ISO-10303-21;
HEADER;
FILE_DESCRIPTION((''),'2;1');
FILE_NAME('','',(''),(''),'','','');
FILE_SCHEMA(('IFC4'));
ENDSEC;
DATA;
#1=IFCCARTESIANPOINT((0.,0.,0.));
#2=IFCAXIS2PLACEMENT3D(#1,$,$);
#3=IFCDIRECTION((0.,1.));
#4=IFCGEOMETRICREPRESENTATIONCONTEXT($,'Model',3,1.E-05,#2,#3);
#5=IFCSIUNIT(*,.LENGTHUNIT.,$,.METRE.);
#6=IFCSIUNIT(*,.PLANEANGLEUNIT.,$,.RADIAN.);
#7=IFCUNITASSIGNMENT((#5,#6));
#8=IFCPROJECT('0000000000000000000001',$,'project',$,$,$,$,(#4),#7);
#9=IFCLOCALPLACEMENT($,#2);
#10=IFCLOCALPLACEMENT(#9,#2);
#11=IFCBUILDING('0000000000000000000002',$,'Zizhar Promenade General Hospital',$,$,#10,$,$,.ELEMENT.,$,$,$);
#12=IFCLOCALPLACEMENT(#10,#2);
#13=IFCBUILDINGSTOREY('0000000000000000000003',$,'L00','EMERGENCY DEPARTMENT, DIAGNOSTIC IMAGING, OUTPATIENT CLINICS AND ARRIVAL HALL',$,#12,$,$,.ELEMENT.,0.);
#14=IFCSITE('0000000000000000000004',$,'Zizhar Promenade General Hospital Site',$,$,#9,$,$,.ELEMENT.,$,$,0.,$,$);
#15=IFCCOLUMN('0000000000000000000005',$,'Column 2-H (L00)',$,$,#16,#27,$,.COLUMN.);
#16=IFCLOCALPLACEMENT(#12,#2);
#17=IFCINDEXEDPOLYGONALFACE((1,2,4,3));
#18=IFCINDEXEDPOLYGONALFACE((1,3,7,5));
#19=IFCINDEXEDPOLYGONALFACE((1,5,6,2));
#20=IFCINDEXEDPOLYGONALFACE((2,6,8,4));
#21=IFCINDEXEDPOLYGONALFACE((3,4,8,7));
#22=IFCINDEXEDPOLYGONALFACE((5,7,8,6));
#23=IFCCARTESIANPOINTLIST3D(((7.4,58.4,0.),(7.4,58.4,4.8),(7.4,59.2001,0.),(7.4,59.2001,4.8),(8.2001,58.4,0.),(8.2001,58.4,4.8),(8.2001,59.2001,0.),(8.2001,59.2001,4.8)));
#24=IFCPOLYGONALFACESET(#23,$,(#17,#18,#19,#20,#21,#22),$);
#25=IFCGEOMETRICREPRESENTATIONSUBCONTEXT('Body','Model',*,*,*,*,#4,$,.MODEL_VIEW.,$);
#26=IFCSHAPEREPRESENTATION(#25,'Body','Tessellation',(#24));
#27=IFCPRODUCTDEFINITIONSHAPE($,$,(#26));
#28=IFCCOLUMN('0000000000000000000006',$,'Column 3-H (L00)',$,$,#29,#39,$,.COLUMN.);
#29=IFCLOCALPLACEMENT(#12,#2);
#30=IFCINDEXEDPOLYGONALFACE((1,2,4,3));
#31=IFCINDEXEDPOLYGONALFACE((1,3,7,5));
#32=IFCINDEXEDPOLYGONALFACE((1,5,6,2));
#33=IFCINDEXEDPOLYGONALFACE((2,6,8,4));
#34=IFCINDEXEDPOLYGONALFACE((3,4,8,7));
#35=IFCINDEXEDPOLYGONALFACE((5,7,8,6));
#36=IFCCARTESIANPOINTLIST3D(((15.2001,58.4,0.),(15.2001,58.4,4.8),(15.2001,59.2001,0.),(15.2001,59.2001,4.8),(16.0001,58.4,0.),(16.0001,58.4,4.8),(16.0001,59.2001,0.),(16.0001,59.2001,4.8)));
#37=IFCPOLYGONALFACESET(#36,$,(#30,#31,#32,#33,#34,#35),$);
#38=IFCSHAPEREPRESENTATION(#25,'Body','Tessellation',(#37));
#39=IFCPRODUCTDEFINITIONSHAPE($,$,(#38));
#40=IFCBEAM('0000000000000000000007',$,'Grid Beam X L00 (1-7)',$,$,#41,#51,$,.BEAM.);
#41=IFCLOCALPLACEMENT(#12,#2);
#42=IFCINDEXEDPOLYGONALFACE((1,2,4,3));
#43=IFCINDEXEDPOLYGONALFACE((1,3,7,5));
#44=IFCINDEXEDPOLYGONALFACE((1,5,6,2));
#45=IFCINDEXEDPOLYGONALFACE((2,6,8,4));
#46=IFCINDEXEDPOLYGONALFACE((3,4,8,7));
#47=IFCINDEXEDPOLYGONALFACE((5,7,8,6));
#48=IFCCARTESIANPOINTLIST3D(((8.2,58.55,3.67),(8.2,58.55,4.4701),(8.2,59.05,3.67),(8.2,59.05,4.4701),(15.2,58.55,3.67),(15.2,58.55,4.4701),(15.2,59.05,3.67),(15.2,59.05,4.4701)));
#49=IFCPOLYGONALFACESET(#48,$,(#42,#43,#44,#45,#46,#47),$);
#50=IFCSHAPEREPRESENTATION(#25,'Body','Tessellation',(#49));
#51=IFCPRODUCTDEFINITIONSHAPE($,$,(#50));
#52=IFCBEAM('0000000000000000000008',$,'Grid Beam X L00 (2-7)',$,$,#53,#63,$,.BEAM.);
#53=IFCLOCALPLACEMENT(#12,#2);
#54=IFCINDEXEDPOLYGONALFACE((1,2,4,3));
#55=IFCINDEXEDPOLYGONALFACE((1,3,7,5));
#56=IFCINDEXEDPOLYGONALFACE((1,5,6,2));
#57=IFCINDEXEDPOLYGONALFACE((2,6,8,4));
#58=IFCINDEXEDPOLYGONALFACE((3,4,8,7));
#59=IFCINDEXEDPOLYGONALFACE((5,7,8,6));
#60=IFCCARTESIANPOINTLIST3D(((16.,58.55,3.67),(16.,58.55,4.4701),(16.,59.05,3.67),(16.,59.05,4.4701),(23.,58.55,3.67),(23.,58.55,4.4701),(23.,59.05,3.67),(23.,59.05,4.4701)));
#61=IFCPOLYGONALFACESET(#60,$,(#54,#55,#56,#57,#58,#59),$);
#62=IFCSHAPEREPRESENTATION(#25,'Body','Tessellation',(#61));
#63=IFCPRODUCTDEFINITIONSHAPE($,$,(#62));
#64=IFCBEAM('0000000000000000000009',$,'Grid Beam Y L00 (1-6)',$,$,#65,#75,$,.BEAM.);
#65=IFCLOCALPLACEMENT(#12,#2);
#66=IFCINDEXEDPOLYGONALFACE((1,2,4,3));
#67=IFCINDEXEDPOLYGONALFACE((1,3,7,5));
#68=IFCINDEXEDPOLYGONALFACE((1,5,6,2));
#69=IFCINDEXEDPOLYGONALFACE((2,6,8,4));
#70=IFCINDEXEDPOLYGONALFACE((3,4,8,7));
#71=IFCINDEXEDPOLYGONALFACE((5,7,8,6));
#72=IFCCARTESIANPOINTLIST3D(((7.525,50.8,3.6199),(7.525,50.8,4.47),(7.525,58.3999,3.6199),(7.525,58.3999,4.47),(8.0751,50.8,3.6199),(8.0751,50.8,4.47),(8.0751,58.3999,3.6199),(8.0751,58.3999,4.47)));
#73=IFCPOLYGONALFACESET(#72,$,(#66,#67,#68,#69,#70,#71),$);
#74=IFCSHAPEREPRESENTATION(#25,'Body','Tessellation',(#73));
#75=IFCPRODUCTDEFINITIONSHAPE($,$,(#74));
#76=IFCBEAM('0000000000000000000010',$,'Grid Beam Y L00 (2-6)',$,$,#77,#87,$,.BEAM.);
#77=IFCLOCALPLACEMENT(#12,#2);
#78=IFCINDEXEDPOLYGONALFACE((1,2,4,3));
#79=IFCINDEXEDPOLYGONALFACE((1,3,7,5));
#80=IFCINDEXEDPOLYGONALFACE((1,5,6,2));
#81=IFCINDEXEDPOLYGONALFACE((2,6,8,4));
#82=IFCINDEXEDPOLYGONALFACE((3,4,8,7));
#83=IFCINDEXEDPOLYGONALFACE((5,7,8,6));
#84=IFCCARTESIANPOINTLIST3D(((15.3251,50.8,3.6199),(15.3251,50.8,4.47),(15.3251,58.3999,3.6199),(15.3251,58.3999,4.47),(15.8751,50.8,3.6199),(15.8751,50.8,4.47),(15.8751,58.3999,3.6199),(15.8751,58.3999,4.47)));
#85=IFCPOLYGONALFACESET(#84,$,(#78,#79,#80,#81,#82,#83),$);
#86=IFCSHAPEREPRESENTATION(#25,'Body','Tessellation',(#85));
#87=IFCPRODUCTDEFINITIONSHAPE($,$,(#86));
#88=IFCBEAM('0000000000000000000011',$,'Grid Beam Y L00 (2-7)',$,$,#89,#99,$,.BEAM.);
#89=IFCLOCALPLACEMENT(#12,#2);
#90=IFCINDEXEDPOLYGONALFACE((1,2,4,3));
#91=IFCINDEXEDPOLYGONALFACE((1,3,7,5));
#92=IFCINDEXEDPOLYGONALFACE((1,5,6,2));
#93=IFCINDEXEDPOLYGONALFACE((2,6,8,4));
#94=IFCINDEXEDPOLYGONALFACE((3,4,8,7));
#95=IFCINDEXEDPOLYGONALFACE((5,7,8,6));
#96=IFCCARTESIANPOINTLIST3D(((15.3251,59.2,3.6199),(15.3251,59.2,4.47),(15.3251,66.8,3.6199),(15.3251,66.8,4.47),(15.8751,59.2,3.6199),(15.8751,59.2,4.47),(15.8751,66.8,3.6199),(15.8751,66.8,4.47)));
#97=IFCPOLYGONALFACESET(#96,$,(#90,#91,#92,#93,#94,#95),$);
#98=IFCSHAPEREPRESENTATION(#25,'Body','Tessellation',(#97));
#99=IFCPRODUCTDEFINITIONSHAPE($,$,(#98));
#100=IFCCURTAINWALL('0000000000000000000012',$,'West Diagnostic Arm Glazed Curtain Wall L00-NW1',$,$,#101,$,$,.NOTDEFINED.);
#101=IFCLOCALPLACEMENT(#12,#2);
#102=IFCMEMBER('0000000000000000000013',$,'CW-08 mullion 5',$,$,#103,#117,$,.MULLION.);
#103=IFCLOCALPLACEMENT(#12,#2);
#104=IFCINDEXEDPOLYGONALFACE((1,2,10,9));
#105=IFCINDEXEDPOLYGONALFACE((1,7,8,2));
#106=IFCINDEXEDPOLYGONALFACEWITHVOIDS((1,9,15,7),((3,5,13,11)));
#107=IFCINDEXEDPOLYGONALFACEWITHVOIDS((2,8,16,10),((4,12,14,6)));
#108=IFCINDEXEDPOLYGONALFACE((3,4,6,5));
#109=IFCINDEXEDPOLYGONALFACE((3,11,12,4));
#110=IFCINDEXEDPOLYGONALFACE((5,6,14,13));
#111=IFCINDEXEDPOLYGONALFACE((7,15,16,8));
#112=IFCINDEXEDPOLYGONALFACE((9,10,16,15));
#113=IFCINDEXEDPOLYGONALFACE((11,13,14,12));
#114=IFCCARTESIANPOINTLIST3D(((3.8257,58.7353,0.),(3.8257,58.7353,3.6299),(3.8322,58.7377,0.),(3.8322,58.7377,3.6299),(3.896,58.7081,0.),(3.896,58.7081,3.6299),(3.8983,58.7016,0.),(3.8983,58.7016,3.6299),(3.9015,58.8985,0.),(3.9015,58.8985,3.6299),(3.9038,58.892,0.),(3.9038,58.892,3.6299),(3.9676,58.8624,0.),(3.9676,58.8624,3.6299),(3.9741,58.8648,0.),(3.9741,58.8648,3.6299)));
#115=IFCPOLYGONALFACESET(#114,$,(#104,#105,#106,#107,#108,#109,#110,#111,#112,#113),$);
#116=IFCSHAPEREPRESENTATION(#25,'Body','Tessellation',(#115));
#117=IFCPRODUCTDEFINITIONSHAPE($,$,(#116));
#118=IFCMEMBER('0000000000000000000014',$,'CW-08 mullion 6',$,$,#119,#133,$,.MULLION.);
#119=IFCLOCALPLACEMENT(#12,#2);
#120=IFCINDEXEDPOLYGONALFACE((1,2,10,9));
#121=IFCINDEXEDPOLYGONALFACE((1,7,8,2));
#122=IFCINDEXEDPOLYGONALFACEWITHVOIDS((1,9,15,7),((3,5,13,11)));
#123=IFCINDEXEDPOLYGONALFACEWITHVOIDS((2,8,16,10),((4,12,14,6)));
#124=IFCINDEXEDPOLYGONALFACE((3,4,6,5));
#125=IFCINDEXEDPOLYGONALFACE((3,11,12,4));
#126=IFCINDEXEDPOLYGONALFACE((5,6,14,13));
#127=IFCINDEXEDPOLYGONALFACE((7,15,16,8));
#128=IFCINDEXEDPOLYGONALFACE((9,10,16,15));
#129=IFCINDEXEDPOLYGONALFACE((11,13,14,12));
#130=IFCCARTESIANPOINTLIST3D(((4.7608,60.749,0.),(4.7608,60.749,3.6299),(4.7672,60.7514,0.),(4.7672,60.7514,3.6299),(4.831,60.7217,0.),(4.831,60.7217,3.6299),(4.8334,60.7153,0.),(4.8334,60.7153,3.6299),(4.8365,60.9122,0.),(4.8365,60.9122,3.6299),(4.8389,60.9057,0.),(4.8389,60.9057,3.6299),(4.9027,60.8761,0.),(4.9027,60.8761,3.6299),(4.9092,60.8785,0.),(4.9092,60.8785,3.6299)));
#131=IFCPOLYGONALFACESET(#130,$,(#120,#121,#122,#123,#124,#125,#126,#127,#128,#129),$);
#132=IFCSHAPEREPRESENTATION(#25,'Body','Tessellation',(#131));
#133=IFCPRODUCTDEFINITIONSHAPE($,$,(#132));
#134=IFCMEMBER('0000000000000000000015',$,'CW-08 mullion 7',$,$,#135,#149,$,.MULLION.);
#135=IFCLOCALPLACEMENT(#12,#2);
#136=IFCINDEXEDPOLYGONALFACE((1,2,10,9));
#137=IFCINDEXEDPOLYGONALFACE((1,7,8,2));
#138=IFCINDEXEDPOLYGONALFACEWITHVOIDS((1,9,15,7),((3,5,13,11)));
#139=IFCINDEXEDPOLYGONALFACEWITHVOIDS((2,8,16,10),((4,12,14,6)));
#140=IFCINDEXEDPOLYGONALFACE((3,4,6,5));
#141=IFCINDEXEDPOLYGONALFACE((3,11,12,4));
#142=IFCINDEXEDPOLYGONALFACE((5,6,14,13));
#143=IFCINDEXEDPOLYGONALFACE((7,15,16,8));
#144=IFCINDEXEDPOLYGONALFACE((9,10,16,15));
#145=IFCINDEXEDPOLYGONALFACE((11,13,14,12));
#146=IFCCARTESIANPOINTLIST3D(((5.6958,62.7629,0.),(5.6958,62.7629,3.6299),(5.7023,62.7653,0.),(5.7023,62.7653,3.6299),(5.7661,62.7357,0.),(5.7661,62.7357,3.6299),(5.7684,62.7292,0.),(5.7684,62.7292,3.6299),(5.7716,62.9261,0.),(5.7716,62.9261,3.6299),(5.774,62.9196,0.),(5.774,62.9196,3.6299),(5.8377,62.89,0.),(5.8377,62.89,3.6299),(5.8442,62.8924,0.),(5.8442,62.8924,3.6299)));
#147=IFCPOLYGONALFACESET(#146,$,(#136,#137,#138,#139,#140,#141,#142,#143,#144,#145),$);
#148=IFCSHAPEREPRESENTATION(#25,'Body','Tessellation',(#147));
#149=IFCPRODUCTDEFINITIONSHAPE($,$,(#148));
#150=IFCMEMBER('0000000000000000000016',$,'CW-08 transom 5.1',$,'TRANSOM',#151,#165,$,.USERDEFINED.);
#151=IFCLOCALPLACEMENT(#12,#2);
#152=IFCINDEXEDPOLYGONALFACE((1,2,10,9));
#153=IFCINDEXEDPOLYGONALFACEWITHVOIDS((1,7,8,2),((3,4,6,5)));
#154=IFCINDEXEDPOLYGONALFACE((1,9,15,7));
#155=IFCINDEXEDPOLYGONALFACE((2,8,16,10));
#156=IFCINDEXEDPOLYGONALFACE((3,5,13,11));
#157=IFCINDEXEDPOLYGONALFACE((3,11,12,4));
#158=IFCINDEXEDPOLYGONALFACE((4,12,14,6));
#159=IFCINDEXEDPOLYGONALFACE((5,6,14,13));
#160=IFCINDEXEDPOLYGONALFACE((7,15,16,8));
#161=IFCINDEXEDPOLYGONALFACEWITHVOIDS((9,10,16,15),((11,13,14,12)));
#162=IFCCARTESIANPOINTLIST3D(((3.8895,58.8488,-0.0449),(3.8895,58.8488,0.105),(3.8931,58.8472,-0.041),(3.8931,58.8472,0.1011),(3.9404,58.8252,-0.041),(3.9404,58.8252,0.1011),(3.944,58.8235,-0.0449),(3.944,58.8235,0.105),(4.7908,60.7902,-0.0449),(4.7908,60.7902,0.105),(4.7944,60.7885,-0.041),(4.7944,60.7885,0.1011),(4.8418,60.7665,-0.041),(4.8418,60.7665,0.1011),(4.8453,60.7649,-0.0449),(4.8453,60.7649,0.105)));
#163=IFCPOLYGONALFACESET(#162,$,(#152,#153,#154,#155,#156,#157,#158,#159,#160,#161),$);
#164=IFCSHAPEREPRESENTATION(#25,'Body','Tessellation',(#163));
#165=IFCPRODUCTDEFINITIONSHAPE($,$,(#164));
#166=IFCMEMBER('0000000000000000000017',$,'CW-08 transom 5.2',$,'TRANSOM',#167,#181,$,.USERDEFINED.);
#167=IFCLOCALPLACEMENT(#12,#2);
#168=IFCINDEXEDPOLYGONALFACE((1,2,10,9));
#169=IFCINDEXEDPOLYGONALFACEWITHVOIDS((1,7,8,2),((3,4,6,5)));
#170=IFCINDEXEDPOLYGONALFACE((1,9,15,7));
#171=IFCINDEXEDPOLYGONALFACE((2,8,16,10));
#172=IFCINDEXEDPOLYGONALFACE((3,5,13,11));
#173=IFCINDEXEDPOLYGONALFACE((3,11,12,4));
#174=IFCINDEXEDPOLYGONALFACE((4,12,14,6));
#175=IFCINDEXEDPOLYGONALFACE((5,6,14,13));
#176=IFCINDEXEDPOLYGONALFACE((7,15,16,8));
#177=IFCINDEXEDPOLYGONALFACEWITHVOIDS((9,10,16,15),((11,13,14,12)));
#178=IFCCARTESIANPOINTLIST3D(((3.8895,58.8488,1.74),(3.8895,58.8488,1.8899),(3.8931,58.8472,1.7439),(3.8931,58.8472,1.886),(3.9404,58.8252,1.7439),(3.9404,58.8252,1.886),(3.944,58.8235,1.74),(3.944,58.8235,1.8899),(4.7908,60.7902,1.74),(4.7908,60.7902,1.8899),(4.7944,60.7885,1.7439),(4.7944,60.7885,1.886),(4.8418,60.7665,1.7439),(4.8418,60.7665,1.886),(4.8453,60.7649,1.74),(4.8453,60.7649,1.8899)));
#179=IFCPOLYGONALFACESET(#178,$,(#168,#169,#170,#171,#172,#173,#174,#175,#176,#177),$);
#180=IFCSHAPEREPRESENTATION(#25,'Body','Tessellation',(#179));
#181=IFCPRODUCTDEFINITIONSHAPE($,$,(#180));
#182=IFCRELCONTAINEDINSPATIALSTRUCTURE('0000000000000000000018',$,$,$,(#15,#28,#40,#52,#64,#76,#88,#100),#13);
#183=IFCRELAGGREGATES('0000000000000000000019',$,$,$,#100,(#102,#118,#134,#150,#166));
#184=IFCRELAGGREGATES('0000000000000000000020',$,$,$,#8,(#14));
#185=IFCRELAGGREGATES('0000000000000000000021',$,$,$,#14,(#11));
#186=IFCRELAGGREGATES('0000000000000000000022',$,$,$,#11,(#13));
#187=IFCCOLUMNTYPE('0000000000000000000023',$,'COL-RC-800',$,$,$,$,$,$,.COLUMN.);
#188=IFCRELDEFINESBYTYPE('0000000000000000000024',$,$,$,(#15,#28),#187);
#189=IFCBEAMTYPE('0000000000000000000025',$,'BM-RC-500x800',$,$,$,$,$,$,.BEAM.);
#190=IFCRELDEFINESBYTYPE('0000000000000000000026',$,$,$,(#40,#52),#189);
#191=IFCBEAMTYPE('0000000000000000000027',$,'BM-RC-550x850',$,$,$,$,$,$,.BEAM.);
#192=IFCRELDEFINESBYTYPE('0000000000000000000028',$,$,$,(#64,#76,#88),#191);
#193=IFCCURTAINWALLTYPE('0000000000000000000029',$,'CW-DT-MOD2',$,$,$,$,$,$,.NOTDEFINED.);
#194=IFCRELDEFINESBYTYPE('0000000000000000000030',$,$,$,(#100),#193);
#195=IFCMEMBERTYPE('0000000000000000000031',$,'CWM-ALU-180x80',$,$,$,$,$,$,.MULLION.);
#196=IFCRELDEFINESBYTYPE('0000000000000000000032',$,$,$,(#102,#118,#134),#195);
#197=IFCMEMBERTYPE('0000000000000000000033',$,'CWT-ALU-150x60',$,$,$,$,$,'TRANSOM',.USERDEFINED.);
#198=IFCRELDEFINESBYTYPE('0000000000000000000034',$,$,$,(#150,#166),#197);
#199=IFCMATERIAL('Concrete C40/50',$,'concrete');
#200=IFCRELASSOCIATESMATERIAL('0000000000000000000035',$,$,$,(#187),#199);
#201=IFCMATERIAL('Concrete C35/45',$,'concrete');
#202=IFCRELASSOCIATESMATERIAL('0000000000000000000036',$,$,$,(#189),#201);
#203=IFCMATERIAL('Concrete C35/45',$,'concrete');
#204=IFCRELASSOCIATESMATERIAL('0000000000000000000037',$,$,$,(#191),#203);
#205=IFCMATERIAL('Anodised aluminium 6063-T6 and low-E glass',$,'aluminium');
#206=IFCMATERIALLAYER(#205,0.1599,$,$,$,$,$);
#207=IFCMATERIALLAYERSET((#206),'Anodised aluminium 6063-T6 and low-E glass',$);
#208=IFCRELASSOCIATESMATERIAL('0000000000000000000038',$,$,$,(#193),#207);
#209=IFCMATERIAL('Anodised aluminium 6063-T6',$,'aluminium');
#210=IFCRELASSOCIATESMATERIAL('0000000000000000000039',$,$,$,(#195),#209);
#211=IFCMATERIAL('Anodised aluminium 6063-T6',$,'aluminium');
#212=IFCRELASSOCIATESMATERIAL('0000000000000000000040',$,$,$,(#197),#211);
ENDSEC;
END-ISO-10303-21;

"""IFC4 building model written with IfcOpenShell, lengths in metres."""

from ifc_helpers import new_model, si_unit, direction, frame, origin, origin_2d, place, context, subcontext, project, spatial, rectangle, hollow_rectangle, extrude, material, layer, layer_set, material_profile, profile_set, type_object, element, aggregate, save


model = new_model("IFC4")

# Units and contexts
model_context = context("Model", 3, precision=1e-05, world=origin(), true_north=direction((0.0, 1.0)))
body_context = subcontext(model_context, "Body", "Model", "MODEL_VIEW")
ifc_project = project(units=[si_unit("LENGTHUNIT", "METRE"), si_unit("PLANEANGLEUNIT", "RADIAN")], contexts=[model_context])

# Site, building, storey
site_placement = place(None, origin())
site = spatial("IfcSite", under=ifc_project, at=site_placement, Name="Zizhar Promenade General Hospital Site", CompositionType="ELEMENT", RefElevation=0.0)
building_placement = place(site_placement, origin())
building = spatial("IfcBuilding", under=site, at=building_placement, Name="Zizhar Promenade General Hospital", CompositionType="ELEMENT")
storey_placement = place(building_placement, origin())
storey = spatial("IfcBuildingStorey", under=building, at=storey_placement, Name="L00", Description="EMERGENCY DEPARTMENT, DIAGNOSTIC IMAGING, OUTPATIENT CLINICS AND ARRIVAL HALL", CompositionType="ELEMENT", Elevation=0.0)

# Columns
ifc_material_1 = material(Name="Concrete C40/50", Category="concrete")
ifc_material_profile_1 = material_profile(ifc_material_1, rectangle(XDim=0.8, YDim=0.8, at=origin_2d()))
ifc_profile_set_1 = profile_set([ifc_material_profile_1], Name="Concrete C40/50")
column_type = type_object("IfcColumnType", Name="COL-RC-800", PredefinedType="COLUMN", material=ifc_profile_set_1)
for number, where, z_axis, x_axis, name in (
    (1, (7.8, 58.8, 0.0), (0.0, 0.0, 1.0), (1.0, 0.0, 0.0), "Column 2-H (L00)"),
    (2, (15.6001, 58.8, 0.0), (0.0, 0.0, 1.0), (1.0, 0.0, 0.0), "Column 3-H (L00)"),
):
    element("IfcColumn", number, at=place(storey_placement, frame(where, z_axis=z_axis, x_axis=x_axis)), inside=storey, type_object=column_type, Name=name, PredefinedType="COLUMN", context=body_context, shape_type="SweptSolid", body=[
        extrude(rectangle(XDim=0.8, YDim=0.8, at=origin_2d()), origin(), (0.0, 0.0, 1.0), 4.8),
    ])

# Beams
ifc_material_2 = material(Name="Concrete C35/45", Category="concrete")
ifc_material_profile_2 = material_profile(ifc_material_2, rectangle(XDim=0.5, YDim=0.8, at=origin_2d()))
ifc_profile_set_2 = profile_set([ifc_material_profile_2], Name="Concrete C35/45")
beam_type_1 = type_object("IfcBeamType", Name="BM-RC-500x800", PredefinedType="BEAM", material=ifc_profile_set_2)
for number, where, z_axis, x_axis, name in (
    (3, (8.2, 58.8, 4.0701), (1.0, 0.0, 0.0), (0.0, 1.0, 0.0), "Grid Beam X L00 (1-7)"),
    (4, (16.0, 58.8, 4.0701), (1.0, 0.0, 0.0), (0.0, 1.0, 0.0), "Grid Beam X L00 (2-7)"),
):
    element("IfcBeam", number, at=place(storey_placement, frame(where, z_axis=z_axis, x_axis=x_axis)), inside=storey, type_object=beam_type_1, Name=name, PredefinedType="BEAM", context=body_context, shape_type="SweptSolid", body=[
        extrude(rectangle(XDim=0.5, YDim=0.8, at=origin_2d()), origin(), (0.0, 0.0, 1.0), 7.0),
    ])
ifc_material_3 = material(Name="Concrete C35/45", Category="concrete")
ifc_material_profile_3 = material_profile(ifc_material_3, rectangle(XDim=0.55, YDim=0.8501, at=origin_2d()))
ifc_profile_set_3 = profile_set([ifc_material_profile_3], Name="Concrete C35/45")
beam_type_2 = type_object("IfcBeamType", Name="BM-RC-550x850", PredefinedType="BEAM", material=ifc_profile_set_3)
for number, where, z_axis, x_axis, name in (
    (5, (7.8, 50.8, 4.0449), (0.0, 1.0, 0.0), (-1.0, 0.0, 0.0), "Grid Beam Y L00 (1-6)"),
    (6, (15.6001, 50.8, 4.0449), (0.0, 1.0, 0.0), (-1.0, 0.0, 0.0), "Grid Beam Y L00 (2-6)"),
):
    element("IfcBeam", number, at=place(storey_placement, frame(where, z_axis=z_axis, x_axis=x_axis)), inside=storey, type_object=beam_type_2, Name=name, PredefinedType="BEAM", context=body_context, shape_type="SweptSolid", body=[
        extrude(rectangle(XDim=0.55, YDim=0.8501, at=origin_2d()), origin(), (0.0, 0.0, 1.0), 7.5999),
    ])
beam_placement = place(storey_placement, frame((15.6001, 59.2, 4.0449), z_axis=(0.0, 1.0, 0.0), x_axis=(-1.0, 0.0, 0.0)))
element("IfcBeam", 7, at=beam_placement, inside=storey, type_object=beam_type_2, Name="Grid Beam Y L00 (2-7)", PredefinedType="BEAM", context=body_context, shape_type="SweptSolid", body=[
    extrude(rectangle(XDim=0.55, YDim=0.8501, at=origin_2d()), origin(), (0.0, 0.0, 1.0), 7.6001),
])

# Curtain wall, members
ifc_material_4 = material(Name="Anodised aluminium 6063-T6 and low-E glass", Category="aluminium")
ifc_layer_1 = layer(ifc_material_4, 0.1599)
ifc_layer_set_1 = layer_set([ifc_layer_1], Name="Anodised aluminium 6063-T6 and low-E glass")
curtain_wall_type = type_object("IfcCurtainWallType", Name="CW-DT-MOD2", PredefinedType="NOTDEFINED", material=ifc_layer_set_1)
curtain_wall_placement = place(storey_placement, origin())
curtain_wall = element("IfcCurtainWall", 8, at=curtain_wall_placement, inside=storey, type_object=curtain_wall_type, Name="West Diagnostic Arm Glazed Curtain Wall L00-NW1", PredefinedType="NOTDEFINED")
ifc_material_5 = material(Name="Anodised aluminium 6063-T6", Category="aluminium")
ifc_material_profile_4 = material_profile(ifc_material_5, hollow_rectangle(XDim=0.0801, YDim=0.1799, WallThickness=0.0049, at=origin_2d()))
ifc_profile_set_4 = profile_set([ifc_material_profile_4], Name="Anodised aluminium 6063-T6")
member_type_1 = type_object("IfcMemberType", Name="CWM-ALU-180x80", PredefinedType="MULLION", material=ifc_profile_set_4)
member_1_placement = place(storey_placement, frame((3.8999, 58.8, 0.0), z_axis=(0.0, 0.0, 1.0), x_axis=(-0.907007, 0.421115, 0.0)))
member_1 = element("IfcMember", 9, at=member_1_placement, type_object=member_type_1, Name="CW-08 mullion 5", PredefinedType="MULLION", context=body_context, shape_type="SweptSolid", body=[
    extrude(hollow_rectangle(XDim=0.0801, YDim=0.1799, WallThickness=0.0049, at=origin_2d()), origin(), (0.0, 0.0, 1.0), 3.6299),
])
member_2_placement = place(storey_placement, frame((4.835, 60.8137, 0.0), z_axis=(0.0, 0.0, 1.0), x_axis=(-0.907007, 0.421115, 0.0)))
member_2 = element("IfcMember", 10, at=member_2_placement, type_object=member_type_1, Name="CW-08 mullion 6", PredefinedType="MULLION", context=body_context, shape_type="SweptSolid", body=[
    extrude(hollow_rectangle(XDim=0.0801, YDim=0.1799, WallThickness=0.0049, at=origin_2d()), origin(), (0.0, 0.0, 1.0), 3.6299),
])
member_3_placement = place(storey_placement, frame((5.77, 62.8276, 0.0), z_axis=(0.0, 0.0, 1.0), x_axis=(-0.907007, 0.421115, 0.0)))
member_3 = element("IfcMember", 11, at=member_3_placement, type_object=member_type_1, Name="CW-08 mullion 7", PredefinedType="MULLION", context=body_context, shape_type="SweptSolid", body=[
    extrude(hollow_rectangle(XDim=0.0801, YDim=0.1799, WallThickness=0.0049, at=origin_2d()), origin(), (0.0, 0.0, 1.0), 3.6299),
])
ifc_material_6 = material(Name="Anodised aluminium 6063-T6", Category="aluminium")
ifc_material_profile_5 = material_profile(ifc_material_6, hollow_rectangle(XDim=0.0601, YDim=0.1499, WallThickness=0.0039, at=origin_2d()))
ifc_profile_set_5 = profile_set([ifc_material_profile_5], Name="Anodised aluminium 6063-T6")
member_type_2 = type_object("IfcMemberType", Name="CWT-ALU-150x60", ElementType="TRANSOM", PredefinedType="USERDEFINED", material=ifc_profile_set_5)
member_4_placement = place(storey_placement, frame((3.9167, 58.8362, 0.03), z_axis=(0.421111, 0.907009, 0.0), x_axis=(-0.907009, 0.421111, 0.0)))
member_4 = element("IfcMember", 12, at=member_4_placement, type_object=member_type_2, Name="CW-08 transom 5.1", ObjectType="TRANSOM", PredefinedType="USERDEFINED", context=body_context, shape_type="SweptSolid", body=[
    extrude(hollow_rectangle(XDim=0.0601, YDim=0.1499, WallThickness=0.0039, at=origin_2d()), origin(), (0.0, 0.0, 1.0), 2.1404),
])
member_5_placement = place(storey_placement, frame((3.9167, 58.8362, 1.8149), z_axis=(0.421111, 0.907009, 0.0), x_axis=(-0.907009, 0.421111, 0.0)))
member_5 = element("IfcMember", 13, at=member_5_placement, type_object=member_type_2, Name="CW-08 transom 5.2", ObjectType="TRANSOM", PredefinedType="USERDEFINED", context=body_context, shape_type="SweptSolid", body=[
    extrude(hollow_rectangle(XDim=0.0601, YDim=0.1499, WallThickness=0.0039, at=origin_2d()), origin(), (0.0, 0.0, 1.0), 2.1404),
])
aggregate(curtain_wall, [member_1, member_2, member_3, member_4, member_5])

save(model, "model.ifc")
